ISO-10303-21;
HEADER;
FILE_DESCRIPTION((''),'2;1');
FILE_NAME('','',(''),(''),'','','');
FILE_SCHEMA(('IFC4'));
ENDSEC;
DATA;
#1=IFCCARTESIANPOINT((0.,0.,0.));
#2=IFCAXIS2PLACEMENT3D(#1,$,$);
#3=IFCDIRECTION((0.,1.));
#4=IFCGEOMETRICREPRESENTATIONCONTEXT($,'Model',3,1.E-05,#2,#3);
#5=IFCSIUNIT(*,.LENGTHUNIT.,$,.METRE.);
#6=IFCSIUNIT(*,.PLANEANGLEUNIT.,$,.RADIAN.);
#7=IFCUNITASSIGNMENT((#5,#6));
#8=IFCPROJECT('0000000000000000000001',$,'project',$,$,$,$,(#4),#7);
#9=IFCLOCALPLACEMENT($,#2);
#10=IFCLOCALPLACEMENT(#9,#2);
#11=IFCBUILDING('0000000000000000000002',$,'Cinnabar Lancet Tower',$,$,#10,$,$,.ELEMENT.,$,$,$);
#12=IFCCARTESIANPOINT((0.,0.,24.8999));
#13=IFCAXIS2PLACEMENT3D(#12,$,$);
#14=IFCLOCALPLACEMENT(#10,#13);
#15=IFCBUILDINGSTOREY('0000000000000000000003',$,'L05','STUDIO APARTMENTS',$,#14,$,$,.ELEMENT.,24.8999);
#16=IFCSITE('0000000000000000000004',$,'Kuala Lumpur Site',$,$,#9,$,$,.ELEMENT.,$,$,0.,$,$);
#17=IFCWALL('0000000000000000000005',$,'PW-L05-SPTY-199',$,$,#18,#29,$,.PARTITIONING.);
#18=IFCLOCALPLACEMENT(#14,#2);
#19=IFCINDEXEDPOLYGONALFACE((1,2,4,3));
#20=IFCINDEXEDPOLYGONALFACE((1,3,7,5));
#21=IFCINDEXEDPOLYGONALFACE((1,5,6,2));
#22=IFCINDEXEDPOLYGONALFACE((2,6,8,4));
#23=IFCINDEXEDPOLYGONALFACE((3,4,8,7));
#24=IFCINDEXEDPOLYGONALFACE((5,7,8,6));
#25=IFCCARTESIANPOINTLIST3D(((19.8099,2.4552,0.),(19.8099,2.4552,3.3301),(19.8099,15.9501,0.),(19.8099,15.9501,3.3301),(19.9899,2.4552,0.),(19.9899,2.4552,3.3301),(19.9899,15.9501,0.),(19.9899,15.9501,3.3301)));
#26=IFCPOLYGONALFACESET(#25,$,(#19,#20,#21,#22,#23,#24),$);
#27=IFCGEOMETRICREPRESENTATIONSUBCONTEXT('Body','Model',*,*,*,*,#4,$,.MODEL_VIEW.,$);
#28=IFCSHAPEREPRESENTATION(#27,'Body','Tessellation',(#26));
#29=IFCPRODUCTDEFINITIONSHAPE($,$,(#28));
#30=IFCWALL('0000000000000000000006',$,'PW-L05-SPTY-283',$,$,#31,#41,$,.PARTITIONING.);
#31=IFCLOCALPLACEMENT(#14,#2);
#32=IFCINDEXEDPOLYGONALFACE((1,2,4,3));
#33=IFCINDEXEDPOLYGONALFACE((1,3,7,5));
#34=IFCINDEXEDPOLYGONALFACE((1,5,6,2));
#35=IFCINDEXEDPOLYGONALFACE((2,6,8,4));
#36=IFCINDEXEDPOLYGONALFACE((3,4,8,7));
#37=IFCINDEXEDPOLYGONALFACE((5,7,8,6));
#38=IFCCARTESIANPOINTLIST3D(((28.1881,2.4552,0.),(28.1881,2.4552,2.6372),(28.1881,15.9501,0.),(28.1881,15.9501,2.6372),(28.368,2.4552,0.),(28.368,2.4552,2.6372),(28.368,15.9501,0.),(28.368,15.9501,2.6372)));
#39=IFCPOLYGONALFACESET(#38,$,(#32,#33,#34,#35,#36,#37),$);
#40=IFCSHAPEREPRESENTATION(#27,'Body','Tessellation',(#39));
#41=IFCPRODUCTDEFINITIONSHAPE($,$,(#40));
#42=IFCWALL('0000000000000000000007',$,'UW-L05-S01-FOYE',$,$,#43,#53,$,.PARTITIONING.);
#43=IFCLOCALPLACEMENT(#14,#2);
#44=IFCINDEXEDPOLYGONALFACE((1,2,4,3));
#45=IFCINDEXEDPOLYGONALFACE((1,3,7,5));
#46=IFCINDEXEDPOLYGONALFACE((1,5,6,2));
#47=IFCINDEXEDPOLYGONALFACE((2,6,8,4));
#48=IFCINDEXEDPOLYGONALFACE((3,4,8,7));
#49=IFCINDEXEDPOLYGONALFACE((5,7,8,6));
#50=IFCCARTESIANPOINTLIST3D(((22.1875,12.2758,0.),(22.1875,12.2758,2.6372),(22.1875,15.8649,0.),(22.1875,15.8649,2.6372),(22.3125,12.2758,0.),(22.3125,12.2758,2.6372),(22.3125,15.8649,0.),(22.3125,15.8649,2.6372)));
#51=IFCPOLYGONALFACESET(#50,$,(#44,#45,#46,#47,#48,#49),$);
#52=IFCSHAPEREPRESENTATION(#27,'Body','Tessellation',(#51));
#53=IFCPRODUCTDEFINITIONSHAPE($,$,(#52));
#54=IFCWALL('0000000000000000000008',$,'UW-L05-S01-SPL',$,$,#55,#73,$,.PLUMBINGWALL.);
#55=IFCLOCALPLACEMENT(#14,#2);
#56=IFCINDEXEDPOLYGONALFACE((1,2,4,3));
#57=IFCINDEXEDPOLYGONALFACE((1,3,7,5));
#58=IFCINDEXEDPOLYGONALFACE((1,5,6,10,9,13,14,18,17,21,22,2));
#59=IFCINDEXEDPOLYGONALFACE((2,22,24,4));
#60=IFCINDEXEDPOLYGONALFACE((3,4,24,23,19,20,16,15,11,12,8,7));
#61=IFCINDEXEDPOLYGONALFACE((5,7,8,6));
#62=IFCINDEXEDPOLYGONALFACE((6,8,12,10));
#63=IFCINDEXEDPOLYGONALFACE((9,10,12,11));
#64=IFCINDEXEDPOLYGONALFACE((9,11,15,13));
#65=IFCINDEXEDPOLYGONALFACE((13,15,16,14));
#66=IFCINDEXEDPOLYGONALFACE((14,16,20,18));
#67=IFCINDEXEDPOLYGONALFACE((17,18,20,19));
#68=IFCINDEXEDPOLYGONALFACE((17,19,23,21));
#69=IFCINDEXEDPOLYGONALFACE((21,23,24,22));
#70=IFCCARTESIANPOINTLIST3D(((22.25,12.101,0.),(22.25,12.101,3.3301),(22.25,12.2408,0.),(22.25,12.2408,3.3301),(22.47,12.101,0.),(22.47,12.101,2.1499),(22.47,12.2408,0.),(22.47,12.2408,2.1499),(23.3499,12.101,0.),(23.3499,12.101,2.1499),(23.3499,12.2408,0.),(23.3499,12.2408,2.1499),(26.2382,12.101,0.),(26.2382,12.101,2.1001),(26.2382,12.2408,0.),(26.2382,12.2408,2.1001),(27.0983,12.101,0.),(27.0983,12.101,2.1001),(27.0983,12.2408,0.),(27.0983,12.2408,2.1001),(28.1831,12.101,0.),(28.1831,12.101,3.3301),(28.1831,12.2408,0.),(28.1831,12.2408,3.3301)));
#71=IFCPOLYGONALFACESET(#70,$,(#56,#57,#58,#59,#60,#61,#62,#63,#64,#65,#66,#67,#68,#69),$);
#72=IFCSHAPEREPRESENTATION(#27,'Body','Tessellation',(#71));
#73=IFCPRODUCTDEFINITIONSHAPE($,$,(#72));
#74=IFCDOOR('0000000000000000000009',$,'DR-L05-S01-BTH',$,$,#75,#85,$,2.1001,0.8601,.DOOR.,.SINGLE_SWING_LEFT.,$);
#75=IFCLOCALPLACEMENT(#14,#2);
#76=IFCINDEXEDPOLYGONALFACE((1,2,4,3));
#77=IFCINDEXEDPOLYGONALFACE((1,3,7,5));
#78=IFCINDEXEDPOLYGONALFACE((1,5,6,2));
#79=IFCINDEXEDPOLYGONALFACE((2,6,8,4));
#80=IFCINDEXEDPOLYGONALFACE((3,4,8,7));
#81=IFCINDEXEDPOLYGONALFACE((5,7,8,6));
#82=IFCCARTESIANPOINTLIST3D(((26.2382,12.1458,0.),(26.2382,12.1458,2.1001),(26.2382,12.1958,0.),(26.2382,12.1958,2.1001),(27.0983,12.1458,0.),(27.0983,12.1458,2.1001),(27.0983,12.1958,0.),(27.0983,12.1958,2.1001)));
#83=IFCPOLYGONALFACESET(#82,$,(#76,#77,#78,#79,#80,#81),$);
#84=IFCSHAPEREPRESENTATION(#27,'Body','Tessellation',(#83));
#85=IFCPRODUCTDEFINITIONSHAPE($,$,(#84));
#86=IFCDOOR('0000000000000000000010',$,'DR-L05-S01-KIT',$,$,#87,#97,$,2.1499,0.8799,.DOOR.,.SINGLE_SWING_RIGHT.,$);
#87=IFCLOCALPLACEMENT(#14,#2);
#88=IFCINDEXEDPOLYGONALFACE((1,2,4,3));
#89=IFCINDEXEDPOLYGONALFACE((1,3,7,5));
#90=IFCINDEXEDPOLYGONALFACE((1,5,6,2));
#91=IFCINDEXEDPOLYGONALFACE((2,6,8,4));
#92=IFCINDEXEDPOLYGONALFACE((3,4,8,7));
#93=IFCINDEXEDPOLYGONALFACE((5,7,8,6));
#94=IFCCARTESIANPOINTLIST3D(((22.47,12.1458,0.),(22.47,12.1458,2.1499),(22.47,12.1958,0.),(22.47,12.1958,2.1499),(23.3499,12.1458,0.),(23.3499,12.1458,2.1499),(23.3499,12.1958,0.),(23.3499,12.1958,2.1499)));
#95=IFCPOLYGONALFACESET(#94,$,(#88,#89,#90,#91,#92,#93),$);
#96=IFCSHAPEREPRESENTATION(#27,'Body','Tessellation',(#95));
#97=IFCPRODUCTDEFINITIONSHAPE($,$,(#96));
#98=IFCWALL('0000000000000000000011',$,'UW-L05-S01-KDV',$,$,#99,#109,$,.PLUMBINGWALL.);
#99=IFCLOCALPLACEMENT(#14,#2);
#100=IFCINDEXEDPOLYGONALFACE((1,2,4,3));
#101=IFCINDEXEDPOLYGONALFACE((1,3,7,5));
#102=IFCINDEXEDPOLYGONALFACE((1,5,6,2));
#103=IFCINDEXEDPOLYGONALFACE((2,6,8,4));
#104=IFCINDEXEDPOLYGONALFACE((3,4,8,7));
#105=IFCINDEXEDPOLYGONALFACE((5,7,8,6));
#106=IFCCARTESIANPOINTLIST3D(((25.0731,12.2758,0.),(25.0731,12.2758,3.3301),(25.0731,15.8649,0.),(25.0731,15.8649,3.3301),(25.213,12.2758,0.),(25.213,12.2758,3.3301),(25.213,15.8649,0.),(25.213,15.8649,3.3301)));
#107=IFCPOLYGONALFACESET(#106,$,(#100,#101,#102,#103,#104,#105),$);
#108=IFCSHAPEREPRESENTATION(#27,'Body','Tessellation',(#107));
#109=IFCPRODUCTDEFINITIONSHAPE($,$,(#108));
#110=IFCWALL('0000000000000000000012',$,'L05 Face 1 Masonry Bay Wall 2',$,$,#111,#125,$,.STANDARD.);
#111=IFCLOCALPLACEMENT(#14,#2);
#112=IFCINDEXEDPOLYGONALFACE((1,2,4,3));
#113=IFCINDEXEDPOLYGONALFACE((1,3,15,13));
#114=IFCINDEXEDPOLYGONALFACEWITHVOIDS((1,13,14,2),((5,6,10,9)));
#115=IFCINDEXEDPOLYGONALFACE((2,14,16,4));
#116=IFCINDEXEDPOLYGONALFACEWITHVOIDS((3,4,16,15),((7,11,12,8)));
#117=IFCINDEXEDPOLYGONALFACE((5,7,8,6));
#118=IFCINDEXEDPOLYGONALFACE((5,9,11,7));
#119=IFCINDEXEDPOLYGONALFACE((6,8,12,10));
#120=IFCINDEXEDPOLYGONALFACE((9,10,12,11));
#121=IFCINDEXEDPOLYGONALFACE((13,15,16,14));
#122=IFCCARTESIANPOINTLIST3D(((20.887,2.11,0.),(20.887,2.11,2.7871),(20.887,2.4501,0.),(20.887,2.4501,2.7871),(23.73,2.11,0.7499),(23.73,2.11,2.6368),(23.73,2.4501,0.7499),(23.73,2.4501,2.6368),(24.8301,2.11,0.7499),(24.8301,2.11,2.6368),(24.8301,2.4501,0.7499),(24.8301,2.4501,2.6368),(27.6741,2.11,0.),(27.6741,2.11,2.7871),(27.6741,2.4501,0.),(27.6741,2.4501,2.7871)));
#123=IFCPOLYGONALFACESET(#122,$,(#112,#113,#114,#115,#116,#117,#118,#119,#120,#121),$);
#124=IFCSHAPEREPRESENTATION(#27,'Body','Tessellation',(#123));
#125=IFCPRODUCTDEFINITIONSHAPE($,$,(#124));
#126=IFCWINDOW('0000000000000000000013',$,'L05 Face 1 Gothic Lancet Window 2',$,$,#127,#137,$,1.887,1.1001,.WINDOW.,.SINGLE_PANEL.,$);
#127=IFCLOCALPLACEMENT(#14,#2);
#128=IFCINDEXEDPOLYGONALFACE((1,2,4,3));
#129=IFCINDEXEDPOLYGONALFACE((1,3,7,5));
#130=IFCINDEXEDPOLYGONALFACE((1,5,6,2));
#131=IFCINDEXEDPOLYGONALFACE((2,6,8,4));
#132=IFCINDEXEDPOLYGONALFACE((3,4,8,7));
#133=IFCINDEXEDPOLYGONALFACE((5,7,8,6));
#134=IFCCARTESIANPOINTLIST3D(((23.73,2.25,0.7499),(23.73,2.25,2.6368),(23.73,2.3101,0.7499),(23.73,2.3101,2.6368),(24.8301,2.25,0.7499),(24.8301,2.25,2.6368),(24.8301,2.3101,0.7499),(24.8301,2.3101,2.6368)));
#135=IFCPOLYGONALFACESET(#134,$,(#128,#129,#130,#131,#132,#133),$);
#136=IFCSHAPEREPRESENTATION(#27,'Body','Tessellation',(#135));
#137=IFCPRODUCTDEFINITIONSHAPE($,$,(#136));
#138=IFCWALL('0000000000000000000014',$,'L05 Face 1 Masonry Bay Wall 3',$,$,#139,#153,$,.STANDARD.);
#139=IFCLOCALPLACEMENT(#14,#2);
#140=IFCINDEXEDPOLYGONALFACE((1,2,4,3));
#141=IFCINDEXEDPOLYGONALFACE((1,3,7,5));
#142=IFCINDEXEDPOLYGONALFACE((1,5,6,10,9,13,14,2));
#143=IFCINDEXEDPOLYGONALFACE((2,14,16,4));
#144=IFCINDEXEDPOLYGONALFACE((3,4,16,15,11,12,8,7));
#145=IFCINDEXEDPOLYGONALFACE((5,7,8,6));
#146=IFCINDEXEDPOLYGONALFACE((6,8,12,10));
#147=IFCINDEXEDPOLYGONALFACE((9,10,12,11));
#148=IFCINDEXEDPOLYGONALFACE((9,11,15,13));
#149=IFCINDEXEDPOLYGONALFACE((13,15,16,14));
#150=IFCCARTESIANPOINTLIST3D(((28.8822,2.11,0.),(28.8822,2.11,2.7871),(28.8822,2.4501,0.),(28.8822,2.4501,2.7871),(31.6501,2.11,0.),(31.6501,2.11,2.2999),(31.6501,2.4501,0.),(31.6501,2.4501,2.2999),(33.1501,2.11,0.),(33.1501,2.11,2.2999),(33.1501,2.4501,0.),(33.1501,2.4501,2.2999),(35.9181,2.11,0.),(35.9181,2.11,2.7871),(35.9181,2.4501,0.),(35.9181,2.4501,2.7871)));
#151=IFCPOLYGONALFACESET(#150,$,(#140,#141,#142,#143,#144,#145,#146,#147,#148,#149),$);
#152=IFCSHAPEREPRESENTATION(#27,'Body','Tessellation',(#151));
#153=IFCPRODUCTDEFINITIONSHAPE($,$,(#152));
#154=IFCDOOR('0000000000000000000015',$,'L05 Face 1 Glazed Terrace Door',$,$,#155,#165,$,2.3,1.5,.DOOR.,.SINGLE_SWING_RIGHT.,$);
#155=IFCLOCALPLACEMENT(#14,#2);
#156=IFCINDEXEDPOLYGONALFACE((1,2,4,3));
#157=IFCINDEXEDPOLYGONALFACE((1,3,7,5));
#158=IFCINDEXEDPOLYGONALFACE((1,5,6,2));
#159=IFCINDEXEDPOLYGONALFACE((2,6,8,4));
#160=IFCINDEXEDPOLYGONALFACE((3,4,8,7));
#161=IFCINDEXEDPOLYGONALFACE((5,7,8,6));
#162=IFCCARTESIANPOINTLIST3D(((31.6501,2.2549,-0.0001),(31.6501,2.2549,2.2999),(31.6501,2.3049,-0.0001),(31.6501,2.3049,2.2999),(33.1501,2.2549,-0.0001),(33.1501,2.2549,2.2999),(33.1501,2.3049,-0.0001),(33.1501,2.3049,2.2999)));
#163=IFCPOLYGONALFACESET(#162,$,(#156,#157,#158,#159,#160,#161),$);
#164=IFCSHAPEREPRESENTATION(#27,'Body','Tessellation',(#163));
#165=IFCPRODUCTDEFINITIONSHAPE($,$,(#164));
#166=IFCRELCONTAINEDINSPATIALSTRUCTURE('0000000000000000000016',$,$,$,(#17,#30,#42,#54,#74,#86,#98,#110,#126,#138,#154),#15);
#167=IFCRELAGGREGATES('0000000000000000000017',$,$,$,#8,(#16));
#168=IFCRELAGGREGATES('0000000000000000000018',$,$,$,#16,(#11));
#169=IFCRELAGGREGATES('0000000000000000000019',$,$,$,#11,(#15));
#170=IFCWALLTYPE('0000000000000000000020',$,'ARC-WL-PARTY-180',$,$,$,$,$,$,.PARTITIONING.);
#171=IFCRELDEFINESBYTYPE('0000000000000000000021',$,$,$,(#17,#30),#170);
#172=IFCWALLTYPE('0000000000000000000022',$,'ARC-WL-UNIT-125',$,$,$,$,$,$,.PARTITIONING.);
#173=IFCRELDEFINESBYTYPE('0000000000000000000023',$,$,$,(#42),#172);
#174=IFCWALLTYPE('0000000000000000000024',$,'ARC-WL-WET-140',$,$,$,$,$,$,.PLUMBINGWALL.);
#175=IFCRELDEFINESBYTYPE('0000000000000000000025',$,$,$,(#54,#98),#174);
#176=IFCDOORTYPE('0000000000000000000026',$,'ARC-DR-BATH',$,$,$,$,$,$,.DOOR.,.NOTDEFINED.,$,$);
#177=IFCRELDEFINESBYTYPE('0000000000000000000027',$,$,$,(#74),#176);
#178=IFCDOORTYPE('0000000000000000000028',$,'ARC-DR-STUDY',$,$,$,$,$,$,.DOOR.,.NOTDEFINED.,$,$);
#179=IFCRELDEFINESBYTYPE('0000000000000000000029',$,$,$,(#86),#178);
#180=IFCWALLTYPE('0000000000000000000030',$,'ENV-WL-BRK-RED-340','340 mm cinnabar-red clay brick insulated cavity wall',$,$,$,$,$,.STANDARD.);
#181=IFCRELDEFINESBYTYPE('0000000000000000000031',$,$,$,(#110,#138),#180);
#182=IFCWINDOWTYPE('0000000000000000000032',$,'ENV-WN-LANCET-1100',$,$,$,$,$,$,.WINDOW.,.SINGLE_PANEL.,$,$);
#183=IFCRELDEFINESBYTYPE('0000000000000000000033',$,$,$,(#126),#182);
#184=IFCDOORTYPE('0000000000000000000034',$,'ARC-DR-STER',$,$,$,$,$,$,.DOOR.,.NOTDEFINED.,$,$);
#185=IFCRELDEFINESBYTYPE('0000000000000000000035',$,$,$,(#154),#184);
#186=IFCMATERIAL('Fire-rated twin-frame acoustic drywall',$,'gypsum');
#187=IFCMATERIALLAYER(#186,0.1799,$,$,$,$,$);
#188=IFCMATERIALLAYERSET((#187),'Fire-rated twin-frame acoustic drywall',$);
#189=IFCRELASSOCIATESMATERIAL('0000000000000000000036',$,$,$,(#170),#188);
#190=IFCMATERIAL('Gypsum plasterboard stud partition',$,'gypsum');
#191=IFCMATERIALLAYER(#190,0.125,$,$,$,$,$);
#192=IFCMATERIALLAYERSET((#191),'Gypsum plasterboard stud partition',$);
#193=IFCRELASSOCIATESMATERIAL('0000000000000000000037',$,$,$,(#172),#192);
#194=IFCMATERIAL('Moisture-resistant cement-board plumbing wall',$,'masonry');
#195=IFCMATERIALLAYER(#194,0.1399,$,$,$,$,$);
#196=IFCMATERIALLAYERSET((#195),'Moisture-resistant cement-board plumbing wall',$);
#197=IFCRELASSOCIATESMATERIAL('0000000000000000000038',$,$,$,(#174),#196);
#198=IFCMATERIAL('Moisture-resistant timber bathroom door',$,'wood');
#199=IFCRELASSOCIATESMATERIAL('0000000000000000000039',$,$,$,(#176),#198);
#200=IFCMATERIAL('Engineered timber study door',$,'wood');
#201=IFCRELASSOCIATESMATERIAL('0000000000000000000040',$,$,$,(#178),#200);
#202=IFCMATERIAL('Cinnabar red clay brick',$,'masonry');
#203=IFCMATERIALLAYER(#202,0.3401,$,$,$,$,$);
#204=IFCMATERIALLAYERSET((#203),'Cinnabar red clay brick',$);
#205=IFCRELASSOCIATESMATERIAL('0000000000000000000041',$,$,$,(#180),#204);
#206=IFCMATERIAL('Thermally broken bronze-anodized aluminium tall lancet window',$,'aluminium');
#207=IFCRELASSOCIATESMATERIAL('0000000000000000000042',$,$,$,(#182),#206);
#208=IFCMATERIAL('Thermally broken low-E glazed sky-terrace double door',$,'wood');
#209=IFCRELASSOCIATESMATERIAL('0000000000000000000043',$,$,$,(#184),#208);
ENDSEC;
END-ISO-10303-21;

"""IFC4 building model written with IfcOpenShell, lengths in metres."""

from ifc_helpers import new_model, si_unit, direction, frame, frame_2d, origin, place, context, subcontext, project, spatial, rectangle, extrude, material, layer, layer_set, type_object, element, fill, save


model = new_model("IFC4")

# Units and contexts
model_context = context("Model", 3, precision=1e-05, world=origin(), true_north=direction((0.0, 1.0)))
body_context = subcontext(model_context, "Body", "Model", "MODEL_VIEW")
ifc_project = project(units=[si_unit("LENGTHUNIT", "METRE"), si_unit("PLANEANGLEUNIT", "RADIAN")], contexts=[model_context])

# Site, building, storey
site_placement = place(None, origin())
site = spatial("IfcSite", under=ifc_project, at=site_placement, Name="Kuala Lumpur Site", CompositionType="ELEMENT", RefElevation=0.0)
building_placement = place(site_placement, origin())
building = spatial("IfcBuilding", under=site, at=building_placement, Name="Cinnabar Lancet Tower", CompositionType="ELEMENT")
storey_placement = place(building_placement, frame((0.0, 0.0, 24.8999)))
storey = spatial("IfcBuildingStorey", under=building, at=storey_placement, Name="L05", Description="STUDIO APARTMENTS", CompositionType="ELEMENT", Elevation=24.8999)

# Walls
ifc_material_1 = material(Name="Fire-rated twin-frame acoustic drywall", Category="gypsum")
ifc_layer_1 = layer(ifc_material_1, 0.1799)
ifc_layer_set_1 = layer_set([ifc_layer_1], Name="Fire-rated twin-frame acoustic drywall")
wall_type_1 = type_object("IfcWallType", Name="ARC-WL-PARTY-180", PredefinedType="PARTITIONING", material=ifc_layer_set_1)
wall_1_placement = place(storey_placement, frame((19.8999, 2.4551, 0.0), z_axis=(0.0, 0.0, 1.0), x_axis=(0.0, 1.0, 0.0)))
element("IfcWall", 1, at=wall_1_placement, inside=storey, type_object=wall_type_1, Name="PW-L05-SPTY-199", PredefinedType="PARTITIONING", context=body_context, shape_type="SweptSolid", body=[
    extrude(rectangle(XDim=13.4949, YDim=0.1799, at=frame_2d((6.7476, 0.0))), origin(), (0.0, 0.0, 1.0), 3.3301),
])
wall_2_placement = place(storey_placement, frame((28.2781, 2.4551, 0.0), z_axis=(0.0, 0.0, 1.0), x_axis=(0.0, 1.0, 0.0)))
element("IfcWall", 2, at=wall_2_placement, inside=storey, type_object=wall_type_1, Name="PW-L05-SPTY-283", PredefinedType="PARTITIONING", context=body_context, shape_type="SweptSolid", body=[
    extrude(rectangle(XDim=13.4949, YDim=0.1799, at=frame_2d((6.7476, 0.0))), origin(), (0.0, 0.0, 1.0), 2.6372),
])
ifc_material_2 = material(Name="Gypsum plasterboard stud partition", Category="gypsum")
ifc_layer_2 = layer(ifc_material_2, 0.125)
ifc_layer_set_2 = layer_set([ifc_layer_2], Name="Gypsum plasterboard stud partition")
wall_type_2 = type_object("IfcWallType", Name="ARC-WL-UNIT-125", PredefinedType="PARTITIONING", material=ifc_layer_set_2)
wall_3_placement = place(storey_placement, frame((22.25, 12.2759, 0.0), z_axis=(0.0, 0.0, 1.0), x_axis=(0.0, 1.0, 0.0)))
element("IfcWall", 3, at=wall_3_placement, inside=storey, type_object=wall_type_2, Name="UW-L05-S01-FOYE", PredefinedType="PARTITIONING", context=body_context, shape_type="SweptSolid", body=[
    extrude(rectangle(XDim=3.5891, YDim=0.125, at=frame_2d((1.7944, 0.0))), origin(), (0.0, 0.0, 1.0), 2.6372),
])

# Wall, openings, doors
ifc_material_3 = material(Name="Moisture-resistant cement-board plumbing wall", Category="masonry")
ifc_layer_3 = layer(ifc_material_3, 0.1399)
ifc_layer_set_3 = layer_set([ifc_layer_3], Name="Moisture-resistant cement-board plumbing wall")
wall_type_3 = type_object("IfcWallType", Name="ARC-WL-WET-140", PredefinedType="PLUMBINGWALL", material=ifc_layer_set_3)
wall_4_placement = place(storey_placement, frame((22.25, 12.1709, 0.0), z_axis=(0.0, 0.0, 1.0), x_axis=(1.0, 0.0, 0.0)))
wall_4 = element("IfcWall", 4, at=wall_4_placement, inside=storey, type_object=wall_type_3, Name="UW-L05-S01-SPL", PredefinedType="PLUMBINGWALL", context=body_context, shape_type="SweptSolid", body=[
    extrude(rectangle(XDim=5.9331, YDim=0.1399, at=frame_2d((2.9666, 0.0))), origin(), (0.0, 0.0, 1.0), 3.3301),
])
opening_1_placement = place(wall_4_placement, frame((3.988, 0.0, 0.0)))
opening_1 = element("IfcOpeningElement", 5, at=opening_1_placement, cuts=wall_4, PredefinedType="OPENING", context=body_context, shape_type="SweptSolid", body=[
    extrude(rectangle(XDim=0.8601, YDim=2.1001, at=frame_2d((0.4302, 1.05))), frame((0.0, 0.0798, 0.0), z_axis=(0.0, -1.0, 0.0), x_axis=(1.0, 0.0, 0.0)), (0.0, 0.0, 1.0), 0.1599),
])
opening_2_placement = place(wall_4_placement, frame((0.22, 0.0, 0.0)))
opening_2 = element("IfcOpeningElement", 6, at=opening_2_placement, cuts=wall_4, PredefinedType="OPENING", context=body_context, shape_type="SweptSolid", body=[
    extrude(rectangle(XDim=0.8799, YDim=2.1499, at=frame_2d((0.4399, 1.075))), frame((0.0, 0.0798, 0.0), z_axis=(0.0, -1.0, 0.0), x_axis=(1.0, 0.0, 0.0)), (0.0, 0.0, 1.0), 0.1599),
])
ifc_material_4 = material(Name="Moisture-resistant timber bathroom door", Category="wood")
door_type_1 = type_object("IfcDoorType", Name="ARC-DR-BATH", OperationType="NOTDEFINED", PredefinedType="DOOR", material=ifc_material_4)
door_1_placement = place(opening_1_placement, origin())
door_1 = element("IfcDoor", 7, at=door_1_placement, inside=storey, type_object=door_type_1, Name="DR-L05-S01-BTH", OperationType="SINGLE_SWING_LEFT", OverallHeight=2.1001, OverallWidth=0.8601, PredefinedType="DOOR", context=body_context, shape_type="SweptSolid", body=[
    extrude(rectangle(XDim=0.8601, YDim=2.1001, at=frame_2d((0.4302, 1.05))), frame((0.0, 0.0249, 0.0), z_axis=(0.0, -1.0, 0.0), x_axis=(1.0, 0.0, 0.0)), (0.0, 0.0, 1.0), 0.05),
])
fill(opening_1, door_1)
ifc_material_5 = material(Name="Engineered timber study door", Category="wood")
door_type_2 = type_object("IfcDoorType", Name="ARC-DR-STUDY", OperationType="NOTDEFINED", PredefinedType="DOOR", material=ifc_material_5)
door_2_placement = place(opening_2_placement, origin())
door_2 = element("IfcDoor", 8, at=door_2_placement, inside=storey, type_object=door_type_2, Name="DR-L05-S01-KIT", OperationType="SINGLE_SWING_RIGHT", OverallHeight=2.1499, OverallWidth=0.8799, PredefinedType="DOOR", context=body_context, shape_type="SweptSolid", body=[
    extrude(rectangle(XDim=0.8799, YDim=2.1499, at=frame_2d((0.4399, 1.075))), frame((0.0, 0.0249, 0.0), z_axis=(0.0, -1.0, 0.0), x_axis=(1.0, 0.0, 0.0)), (0.0, 0.0, 1.0), 0.05),
])
fill(opening_2, door_2)

# Wall
wall_5_placement = place(storey_placement, frame((25.1431, 12.2759, 0.0), z_axis=(0.0, 0.0, 1.0), x_axis=(0.0, 1.0, 0.0)))
element("IfcWall", 9, at=wall_5_placement, inside=storey, type_object=wall_type_3, Name="UW-L05-S01-KDV", PredefinedType="PLUMBINGWALL", context=body_context, shape_type="SweptSolid", body=[
    extrude(rectangle(XDim=3.5891, YDim=0.1399, at=frame_2d((1.7944, 0.0))), origin(), (0.0, 0.0, 1.0), 3.3301),
])

# Wall, opening, window
ifc_material_6 = material(Name="Cinnabar red clay brick", Category="masonry")
ifc_layer_4 = layer(ifc_material_6, 0.3401)
ifc_layer_set_4 = layer_set([ifc_layer_4], Name="Cinnabar red clay brick")
wall_type_4 = type_object("IfcWallType", Name="ENV-WL-BRK-RED-340", Description="340 mm cinnabar-red clay brick insulated cavity wall", PredefinedType="STANDARD", material=ifc_layer_set_4)
wall_6_placement = place(storey_placement, frame((20.887, 2.28, 0.0), z_axis=(0.0, 0.0, 1.0), x_axis=(1.0, 0.0, 0.0)))
wall_6 = element("IfcWall", 10, at=wall_6_placement, inside=storey, type_object=wall_type_4, Name="L05 Face 1 Masonry Bay Wall 2", PredefinedType="STANDARD", context=body_context, shape_type="SweptSolid", body=[
    extrude(rectangle(XDim=6.7871, YDim=0.3401, at=frame_2d((3.3936, 0.0))), origin(), (0.0, 0.0, 1.0), 2.7871),
])
opening_3_placement = place(wall_6_placement, frame((2.843, 0.0, 0.75)))
opening_3 = element("IfcOpeningElement", 11, at=opening_3_placement, cuts=wall_6, PredefinedType="OPENING", context=body_context, shape_type="SweptSolid", body=[
    extrude(rectangle(XDim=1.1001, YDim=1.887, at=frame_2d((0.55, 0.9434))), frame((0.0, 0.1799, 0.0), z_axis=(0.0, -1.0, 0.0), x_axis=(1.0, 0.0, 0.0)), (0.0, 0.0, 1.0), 0.3601),
])
ifc_material_7 = material(Name="Thermally broken bronze-anodized aluminium tall lancet window", Category="aluminium")
window_type = type_object("IfcWindowType", Name="ENV-WN-LANCET-1100", PartitioningType="SINGLE_PANEL", PredefinedType="WINDOW", material=ifc_material_7)
window_placement = place(opening_3_placement, origin())
window = element("IfcWindow", 12, at=window_placement, inside=storey, type_object=window_type, Name="L05 Face 1 Gothic Lancet Window 2", OverallHeight=1.887, OverallWidth=1.1001, PartitioningType="SINGLE_PANEL", PredefinedType="WINDOW", context=body_context, shape_type="SweptSolid", body=[
    extrude(rectangle(XDim=1.1001, YDim=1.887, at=frame_2d((0.55, 0.9434))), frame((0.0, 0.03, 0.0), z_axis=(0.0, -1.0, 0.0), x_axis=(1.0, 0.0, 0.0)), (0.0, 0.0, 1.0), 0.0601),
])
fill(opening_3, window)

# Wall, opening, door
wall_7_placement = place(storey_placement, frame((28.8821, 2.28, 0.0), z_axis=(0.0, 0.0, 1.0), x_axis=(1.0, 0.0, 0.0)))
wall_7 = element("IfcWall", 13, at=wall_7_placement, inside=storey, type_object=wall_type_4, Name="L05 Face 1 Masonry Bay Wall 3", PredefinedType="STANDARD", context=body_context, shape_type="SweptSolid", body=[
    extrude(rectangle(XDim=7.0359, YDim=0.3401, at=frame_2d((3.5181, 0.0))), origin(), (0.0, 0.0, 1.0), 2.7871),
])
opening_4_placement = place(wall_7_placement, frame((2.7681, 0.0, 0.0)))
opening_4 = element("IfcOpeningElement", 14, at=opening_4_placement, cuts=wall_7, PredefinedType="OPENING", context=body_context, shape_type="SweptSolid", body=[
    extrude(rectangle(XDim=1.5, YDim=2.3, at=frame_2d((0.75, 1.1499))), frame((0.0, 0.1799, 0.0), z_axis=(0.0, -1.0, 0.0), x_axis=(1.0, 0.0, 0.0)), (0.0, 0.0, 1.0), 0.3601),
])
ifc_material_8 = material(Name="Thermally broken low-E glazed sky-terrace double door", Category="wood")
door_type_3 = type_object("IfcDoorType", Name="ARC-DR-STER", OperationType="NOTDEFINED", PredefinedType="DOOR", material=ifc_material_8)
door_3_placement = place(opening_4_placement, origin())
door_3 = element("IfcDoor", 15, at=door_3_placement, inside=storey, type_object=door_type_3, Name="L05 Face 1 Glazed Terrace Door", OperationType="SINGLE_SWING_RIGHT", OverallHeight=2.3, OverallWidth=1.5, PredefinedType="DOOR", context=body_context, shape_type="SweptSolid", body=[
    extrude(rectangle(XDim=1.5, YDim=2.3, at=frame_2d((0.75, 1.1499))), frame((0.0, 0.0249, 0.0), z_axis=(0.0, -1.0, 0.0), x_axis=(1.0, 0.0, 0.0)), (0.0, 0.0, 1.0), 0.05),
])
fill(opening_4, door_3)

save(model, "model.ifc")
